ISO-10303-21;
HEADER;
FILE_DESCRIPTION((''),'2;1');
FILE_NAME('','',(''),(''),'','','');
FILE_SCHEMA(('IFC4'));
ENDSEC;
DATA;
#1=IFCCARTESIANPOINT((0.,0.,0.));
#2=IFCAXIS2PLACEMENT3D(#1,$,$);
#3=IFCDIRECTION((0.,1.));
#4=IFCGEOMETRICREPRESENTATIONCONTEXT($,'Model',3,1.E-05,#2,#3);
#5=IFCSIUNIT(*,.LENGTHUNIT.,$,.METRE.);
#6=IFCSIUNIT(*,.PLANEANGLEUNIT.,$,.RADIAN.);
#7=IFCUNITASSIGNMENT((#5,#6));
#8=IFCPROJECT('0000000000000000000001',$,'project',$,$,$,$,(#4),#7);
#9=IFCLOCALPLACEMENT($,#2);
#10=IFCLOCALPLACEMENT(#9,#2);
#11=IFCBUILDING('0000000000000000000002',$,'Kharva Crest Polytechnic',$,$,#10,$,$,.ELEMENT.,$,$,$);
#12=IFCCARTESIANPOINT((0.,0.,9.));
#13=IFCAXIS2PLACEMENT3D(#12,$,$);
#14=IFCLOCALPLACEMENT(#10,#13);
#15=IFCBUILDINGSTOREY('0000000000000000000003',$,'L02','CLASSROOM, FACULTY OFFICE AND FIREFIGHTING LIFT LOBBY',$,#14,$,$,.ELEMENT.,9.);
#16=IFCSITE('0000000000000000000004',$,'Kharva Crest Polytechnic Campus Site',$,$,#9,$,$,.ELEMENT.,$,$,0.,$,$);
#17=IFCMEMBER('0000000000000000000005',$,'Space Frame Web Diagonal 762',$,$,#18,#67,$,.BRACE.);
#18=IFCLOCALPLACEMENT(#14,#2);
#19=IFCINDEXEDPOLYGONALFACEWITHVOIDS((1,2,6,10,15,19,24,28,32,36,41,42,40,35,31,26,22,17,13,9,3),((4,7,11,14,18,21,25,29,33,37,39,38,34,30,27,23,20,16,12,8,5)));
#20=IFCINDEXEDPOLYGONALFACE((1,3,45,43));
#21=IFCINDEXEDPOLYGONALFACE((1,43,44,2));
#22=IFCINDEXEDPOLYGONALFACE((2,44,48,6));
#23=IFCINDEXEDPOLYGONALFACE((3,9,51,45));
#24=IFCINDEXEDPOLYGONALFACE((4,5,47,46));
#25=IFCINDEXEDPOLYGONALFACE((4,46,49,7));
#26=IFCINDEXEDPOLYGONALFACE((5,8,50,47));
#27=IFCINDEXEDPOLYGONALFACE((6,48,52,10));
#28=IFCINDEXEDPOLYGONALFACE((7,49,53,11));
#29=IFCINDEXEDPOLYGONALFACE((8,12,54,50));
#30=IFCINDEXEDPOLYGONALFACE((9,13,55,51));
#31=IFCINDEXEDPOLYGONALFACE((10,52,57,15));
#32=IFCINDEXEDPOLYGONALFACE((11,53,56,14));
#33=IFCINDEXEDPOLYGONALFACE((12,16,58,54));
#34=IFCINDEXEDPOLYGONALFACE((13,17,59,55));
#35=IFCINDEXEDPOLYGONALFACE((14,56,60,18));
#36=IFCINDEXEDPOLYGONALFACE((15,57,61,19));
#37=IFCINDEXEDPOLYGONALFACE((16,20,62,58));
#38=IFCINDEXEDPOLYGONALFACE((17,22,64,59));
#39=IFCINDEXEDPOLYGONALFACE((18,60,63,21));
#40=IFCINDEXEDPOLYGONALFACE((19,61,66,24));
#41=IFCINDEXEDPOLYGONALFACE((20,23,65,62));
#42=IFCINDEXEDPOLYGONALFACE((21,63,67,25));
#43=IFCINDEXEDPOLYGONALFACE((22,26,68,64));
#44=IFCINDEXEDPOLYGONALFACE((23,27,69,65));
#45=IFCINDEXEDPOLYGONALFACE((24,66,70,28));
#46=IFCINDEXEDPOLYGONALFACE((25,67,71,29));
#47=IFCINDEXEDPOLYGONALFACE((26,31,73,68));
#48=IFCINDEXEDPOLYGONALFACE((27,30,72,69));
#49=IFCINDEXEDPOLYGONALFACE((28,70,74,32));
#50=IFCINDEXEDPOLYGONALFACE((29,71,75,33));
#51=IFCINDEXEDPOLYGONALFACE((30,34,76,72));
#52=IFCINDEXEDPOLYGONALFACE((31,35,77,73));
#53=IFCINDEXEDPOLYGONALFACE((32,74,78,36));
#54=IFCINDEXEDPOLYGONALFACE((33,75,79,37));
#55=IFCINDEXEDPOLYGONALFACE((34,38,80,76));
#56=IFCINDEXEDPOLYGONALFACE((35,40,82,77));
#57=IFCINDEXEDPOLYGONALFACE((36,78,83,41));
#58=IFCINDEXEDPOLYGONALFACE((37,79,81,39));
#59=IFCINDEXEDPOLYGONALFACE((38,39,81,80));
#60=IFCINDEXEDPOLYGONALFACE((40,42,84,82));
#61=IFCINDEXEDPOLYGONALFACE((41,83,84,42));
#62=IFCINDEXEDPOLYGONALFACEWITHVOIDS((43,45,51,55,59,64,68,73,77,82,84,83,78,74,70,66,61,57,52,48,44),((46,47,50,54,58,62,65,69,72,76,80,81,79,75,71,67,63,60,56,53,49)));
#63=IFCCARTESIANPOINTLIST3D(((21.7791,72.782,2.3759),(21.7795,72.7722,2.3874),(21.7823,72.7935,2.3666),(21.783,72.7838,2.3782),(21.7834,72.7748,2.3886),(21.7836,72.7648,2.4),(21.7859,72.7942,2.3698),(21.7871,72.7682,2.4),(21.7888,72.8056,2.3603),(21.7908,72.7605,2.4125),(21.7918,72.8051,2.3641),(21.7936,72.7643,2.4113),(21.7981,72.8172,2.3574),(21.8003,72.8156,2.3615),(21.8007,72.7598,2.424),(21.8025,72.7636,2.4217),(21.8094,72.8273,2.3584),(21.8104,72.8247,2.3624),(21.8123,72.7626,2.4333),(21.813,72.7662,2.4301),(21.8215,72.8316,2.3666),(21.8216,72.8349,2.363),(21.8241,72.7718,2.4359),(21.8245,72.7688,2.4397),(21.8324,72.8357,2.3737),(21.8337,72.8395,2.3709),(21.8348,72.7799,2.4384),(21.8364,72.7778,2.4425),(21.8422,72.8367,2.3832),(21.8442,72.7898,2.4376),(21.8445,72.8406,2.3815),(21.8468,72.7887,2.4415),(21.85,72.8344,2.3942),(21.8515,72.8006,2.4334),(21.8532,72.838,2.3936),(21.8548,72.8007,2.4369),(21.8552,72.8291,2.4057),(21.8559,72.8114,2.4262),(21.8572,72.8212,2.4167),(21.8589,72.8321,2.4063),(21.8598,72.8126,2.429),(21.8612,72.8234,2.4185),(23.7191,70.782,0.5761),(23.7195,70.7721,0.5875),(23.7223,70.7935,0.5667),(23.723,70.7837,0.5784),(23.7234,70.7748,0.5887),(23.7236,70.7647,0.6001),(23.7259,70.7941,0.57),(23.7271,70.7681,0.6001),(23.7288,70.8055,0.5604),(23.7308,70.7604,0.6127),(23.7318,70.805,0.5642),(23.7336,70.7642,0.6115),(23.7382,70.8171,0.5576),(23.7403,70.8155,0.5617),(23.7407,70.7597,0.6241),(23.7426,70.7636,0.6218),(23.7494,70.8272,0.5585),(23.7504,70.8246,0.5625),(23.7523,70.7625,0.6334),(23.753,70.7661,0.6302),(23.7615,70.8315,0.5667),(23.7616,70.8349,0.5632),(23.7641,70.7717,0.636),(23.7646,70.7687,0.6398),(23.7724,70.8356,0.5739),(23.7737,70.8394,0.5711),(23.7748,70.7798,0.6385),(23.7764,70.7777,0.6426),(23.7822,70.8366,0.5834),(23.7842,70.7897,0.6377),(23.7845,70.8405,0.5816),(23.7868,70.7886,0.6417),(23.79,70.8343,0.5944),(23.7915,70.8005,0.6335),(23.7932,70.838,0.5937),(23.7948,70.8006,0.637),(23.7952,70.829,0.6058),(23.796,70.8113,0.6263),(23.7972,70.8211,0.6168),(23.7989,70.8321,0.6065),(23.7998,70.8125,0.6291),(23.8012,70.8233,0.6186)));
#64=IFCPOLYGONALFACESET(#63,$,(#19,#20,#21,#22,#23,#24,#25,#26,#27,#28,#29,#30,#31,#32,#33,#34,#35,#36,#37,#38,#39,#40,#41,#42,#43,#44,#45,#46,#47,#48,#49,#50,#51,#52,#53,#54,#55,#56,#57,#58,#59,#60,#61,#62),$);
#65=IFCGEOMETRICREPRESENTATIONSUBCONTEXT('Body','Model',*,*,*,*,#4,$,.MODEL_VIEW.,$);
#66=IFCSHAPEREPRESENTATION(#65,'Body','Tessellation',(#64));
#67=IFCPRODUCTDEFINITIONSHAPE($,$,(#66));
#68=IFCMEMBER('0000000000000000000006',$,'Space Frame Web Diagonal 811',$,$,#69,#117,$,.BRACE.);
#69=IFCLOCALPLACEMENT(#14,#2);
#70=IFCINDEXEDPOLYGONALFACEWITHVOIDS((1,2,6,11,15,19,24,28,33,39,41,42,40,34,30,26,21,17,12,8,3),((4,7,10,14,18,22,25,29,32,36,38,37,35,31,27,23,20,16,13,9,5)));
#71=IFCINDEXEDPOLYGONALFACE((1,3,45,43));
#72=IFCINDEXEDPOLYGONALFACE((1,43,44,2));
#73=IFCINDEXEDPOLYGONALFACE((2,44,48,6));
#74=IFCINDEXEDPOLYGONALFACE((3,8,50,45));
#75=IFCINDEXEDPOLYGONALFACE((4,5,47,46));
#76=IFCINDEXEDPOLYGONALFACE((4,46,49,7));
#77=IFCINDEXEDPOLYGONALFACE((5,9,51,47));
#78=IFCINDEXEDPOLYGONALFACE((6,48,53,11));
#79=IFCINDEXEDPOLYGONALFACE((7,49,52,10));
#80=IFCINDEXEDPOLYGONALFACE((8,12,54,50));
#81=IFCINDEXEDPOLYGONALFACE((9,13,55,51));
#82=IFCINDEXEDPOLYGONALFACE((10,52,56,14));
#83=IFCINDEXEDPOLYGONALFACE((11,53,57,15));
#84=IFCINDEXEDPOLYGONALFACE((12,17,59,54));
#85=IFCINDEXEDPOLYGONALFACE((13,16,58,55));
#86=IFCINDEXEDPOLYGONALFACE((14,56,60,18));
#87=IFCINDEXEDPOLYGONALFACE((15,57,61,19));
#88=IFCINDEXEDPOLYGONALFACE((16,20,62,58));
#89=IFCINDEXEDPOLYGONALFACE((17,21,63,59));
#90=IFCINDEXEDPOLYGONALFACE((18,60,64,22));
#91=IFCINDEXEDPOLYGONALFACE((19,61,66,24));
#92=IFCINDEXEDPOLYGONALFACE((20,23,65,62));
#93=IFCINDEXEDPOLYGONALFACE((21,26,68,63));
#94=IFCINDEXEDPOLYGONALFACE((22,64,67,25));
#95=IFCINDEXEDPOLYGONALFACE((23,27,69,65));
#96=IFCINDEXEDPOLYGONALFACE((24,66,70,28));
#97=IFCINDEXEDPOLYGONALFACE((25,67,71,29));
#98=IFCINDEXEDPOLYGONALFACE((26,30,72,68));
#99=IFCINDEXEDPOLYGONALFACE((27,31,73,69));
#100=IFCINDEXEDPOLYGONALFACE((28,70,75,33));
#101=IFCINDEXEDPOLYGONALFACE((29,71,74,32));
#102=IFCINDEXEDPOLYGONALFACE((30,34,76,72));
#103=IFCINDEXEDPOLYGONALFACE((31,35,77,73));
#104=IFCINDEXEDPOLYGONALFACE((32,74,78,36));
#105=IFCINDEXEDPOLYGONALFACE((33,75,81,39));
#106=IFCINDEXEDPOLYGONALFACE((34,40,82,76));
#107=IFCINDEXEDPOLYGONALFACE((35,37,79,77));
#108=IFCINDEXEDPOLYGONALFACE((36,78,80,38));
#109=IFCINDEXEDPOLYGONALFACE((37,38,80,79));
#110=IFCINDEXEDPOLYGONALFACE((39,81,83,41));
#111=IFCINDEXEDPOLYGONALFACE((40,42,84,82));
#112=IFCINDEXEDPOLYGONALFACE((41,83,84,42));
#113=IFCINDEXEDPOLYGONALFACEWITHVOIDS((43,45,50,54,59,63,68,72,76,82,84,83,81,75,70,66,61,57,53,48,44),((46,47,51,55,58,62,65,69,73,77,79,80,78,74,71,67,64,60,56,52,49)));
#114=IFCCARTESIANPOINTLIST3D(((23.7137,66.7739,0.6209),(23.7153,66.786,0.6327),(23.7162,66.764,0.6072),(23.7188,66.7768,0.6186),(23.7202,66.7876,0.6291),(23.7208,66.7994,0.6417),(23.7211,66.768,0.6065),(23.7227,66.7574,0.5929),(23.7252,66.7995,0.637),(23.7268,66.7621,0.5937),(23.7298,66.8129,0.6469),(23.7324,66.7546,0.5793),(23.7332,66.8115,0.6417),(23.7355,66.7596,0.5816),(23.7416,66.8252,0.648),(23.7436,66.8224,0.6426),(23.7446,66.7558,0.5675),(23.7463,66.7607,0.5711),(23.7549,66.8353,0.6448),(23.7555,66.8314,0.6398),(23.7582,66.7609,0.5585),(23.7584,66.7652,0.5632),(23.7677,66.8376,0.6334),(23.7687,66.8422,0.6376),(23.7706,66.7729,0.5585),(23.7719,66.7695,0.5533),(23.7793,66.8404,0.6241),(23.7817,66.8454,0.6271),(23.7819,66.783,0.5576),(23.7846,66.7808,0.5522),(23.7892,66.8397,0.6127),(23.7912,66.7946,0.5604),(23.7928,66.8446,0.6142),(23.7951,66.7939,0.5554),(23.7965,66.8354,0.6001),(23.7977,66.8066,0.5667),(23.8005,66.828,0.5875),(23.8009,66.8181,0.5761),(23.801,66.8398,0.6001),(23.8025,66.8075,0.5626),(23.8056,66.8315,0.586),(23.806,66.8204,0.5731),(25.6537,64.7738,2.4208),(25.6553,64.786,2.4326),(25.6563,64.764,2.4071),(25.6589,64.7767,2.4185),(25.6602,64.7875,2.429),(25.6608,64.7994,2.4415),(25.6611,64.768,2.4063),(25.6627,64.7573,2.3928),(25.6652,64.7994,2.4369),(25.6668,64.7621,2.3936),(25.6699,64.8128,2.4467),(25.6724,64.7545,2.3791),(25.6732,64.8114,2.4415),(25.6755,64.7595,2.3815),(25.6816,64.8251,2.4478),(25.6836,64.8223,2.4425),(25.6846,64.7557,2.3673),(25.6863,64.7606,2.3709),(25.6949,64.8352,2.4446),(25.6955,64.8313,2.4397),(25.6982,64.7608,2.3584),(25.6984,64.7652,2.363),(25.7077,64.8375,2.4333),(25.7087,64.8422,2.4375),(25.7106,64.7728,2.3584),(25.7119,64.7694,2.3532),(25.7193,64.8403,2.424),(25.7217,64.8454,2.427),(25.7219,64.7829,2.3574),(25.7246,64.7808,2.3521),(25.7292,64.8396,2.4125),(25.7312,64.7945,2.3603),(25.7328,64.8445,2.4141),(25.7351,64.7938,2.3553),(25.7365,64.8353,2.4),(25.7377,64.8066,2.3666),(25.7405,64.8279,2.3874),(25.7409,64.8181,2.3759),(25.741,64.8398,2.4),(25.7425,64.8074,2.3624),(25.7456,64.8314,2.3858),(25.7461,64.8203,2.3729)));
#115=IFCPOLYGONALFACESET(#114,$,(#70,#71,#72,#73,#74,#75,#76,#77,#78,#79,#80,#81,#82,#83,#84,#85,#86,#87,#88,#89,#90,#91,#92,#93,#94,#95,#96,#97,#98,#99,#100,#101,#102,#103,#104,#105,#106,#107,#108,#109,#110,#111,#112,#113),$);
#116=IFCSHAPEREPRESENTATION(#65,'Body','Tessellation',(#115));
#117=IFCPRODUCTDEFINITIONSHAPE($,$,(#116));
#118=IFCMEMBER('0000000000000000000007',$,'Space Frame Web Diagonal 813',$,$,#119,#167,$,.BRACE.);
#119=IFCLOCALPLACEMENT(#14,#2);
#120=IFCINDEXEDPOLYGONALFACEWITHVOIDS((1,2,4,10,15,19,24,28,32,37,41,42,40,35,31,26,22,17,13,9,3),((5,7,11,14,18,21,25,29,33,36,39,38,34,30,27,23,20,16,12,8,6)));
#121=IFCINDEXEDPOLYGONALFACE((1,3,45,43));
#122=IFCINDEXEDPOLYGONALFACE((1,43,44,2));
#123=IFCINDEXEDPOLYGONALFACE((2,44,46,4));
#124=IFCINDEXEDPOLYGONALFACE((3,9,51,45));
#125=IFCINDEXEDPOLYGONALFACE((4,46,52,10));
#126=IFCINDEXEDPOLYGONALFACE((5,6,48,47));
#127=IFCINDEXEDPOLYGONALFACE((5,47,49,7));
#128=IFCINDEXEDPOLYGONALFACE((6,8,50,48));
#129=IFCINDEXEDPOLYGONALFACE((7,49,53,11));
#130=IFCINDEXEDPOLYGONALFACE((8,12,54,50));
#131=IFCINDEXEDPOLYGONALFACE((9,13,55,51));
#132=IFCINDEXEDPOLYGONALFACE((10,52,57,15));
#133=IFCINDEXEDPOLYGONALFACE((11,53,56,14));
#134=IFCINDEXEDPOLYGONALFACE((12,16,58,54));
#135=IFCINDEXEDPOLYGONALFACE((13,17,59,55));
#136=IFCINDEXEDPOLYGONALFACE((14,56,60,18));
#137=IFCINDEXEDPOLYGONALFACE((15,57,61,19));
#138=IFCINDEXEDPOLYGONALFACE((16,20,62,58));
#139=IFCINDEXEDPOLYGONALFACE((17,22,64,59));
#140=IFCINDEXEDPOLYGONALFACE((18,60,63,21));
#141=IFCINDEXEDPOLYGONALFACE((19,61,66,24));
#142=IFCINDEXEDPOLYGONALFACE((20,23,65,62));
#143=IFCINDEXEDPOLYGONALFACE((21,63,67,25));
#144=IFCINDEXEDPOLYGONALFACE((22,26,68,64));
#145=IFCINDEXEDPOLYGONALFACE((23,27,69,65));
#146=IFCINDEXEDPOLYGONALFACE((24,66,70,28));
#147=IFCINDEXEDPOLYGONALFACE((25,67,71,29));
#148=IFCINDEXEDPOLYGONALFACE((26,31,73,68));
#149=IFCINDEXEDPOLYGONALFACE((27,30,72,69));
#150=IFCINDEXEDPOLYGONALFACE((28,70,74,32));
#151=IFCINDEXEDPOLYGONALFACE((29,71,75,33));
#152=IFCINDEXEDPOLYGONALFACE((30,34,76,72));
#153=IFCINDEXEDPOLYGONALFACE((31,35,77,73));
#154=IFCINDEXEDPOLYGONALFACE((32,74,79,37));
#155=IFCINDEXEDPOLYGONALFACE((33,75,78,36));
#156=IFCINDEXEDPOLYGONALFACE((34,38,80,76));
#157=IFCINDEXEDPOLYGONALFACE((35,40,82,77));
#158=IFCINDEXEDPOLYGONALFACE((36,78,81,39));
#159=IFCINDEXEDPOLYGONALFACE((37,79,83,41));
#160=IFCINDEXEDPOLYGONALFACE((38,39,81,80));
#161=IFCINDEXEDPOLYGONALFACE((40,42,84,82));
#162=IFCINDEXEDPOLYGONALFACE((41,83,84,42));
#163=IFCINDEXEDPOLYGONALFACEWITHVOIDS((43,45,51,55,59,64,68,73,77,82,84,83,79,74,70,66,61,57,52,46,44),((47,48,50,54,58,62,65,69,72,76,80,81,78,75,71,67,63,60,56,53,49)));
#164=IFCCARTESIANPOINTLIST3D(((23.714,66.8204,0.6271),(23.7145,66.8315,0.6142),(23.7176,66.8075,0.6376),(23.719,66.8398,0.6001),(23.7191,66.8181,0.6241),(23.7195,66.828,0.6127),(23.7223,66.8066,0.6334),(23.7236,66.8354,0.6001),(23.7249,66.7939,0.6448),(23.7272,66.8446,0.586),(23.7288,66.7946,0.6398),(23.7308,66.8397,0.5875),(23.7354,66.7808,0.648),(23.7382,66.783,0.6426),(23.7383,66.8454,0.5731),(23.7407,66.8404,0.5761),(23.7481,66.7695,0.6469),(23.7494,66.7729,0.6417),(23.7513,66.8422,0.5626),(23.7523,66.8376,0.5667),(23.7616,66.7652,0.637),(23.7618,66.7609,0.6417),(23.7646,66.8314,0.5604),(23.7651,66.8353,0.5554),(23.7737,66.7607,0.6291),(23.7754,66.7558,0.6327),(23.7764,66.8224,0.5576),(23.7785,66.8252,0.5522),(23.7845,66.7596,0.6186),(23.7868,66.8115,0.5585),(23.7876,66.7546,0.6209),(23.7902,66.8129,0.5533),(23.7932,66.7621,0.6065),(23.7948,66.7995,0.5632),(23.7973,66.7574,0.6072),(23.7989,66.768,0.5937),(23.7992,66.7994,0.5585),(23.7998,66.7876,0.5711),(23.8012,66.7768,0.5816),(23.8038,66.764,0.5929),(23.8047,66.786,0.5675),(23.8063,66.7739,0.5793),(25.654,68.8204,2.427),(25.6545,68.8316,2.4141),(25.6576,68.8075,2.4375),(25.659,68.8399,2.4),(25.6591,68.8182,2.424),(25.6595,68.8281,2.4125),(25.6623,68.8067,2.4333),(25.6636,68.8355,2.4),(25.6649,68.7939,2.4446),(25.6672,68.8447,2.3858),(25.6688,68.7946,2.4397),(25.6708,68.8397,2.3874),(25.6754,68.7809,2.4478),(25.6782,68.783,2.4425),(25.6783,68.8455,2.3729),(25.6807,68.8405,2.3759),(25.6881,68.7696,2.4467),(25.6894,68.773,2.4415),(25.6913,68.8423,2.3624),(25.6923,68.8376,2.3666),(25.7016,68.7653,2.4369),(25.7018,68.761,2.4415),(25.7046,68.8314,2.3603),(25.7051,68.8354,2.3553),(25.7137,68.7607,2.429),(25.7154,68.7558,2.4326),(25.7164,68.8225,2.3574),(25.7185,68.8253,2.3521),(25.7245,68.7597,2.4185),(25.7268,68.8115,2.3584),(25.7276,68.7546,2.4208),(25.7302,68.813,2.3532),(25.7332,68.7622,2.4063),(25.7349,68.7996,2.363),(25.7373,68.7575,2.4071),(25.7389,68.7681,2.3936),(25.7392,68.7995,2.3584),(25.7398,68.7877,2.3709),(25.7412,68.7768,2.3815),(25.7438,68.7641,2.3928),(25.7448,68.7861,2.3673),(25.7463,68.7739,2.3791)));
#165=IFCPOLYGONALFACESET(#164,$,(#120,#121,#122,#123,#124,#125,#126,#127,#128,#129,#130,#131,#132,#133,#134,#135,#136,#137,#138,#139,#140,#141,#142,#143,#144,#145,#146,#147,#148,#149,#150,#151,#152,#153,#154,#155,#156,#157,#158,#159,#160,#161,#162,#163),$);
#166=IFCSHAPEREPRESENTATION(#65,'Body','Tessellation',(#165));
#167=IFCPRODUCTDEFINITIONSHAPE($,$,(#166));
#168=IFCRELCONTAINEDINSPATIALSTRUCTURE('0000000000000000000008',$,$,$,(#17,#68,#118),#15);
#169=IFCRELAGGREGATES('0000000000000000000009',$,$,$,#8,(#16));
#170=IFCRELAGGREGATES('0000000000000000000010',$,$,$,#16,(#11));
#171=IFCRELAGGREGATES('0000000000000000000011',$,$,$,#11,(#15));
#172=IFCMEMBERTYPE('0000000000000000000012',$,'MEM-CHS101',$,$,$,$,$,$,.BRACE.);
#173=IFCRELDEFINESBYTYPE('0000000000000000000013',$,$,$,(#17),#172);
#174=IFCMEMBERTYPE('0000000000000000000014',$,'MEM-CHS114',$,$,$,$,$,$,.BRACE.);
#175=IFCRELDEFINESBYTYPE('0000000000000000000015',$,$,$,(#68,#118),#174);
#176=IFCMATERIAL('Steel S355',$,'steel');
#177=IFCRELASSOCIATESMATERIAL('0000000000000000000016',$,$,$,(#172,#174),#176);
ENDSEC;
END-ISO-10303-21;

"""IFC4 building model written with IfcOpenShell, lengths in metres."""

from ifc_helpers import new_model, si_unit, direction, frame, origin, origin_2d, place, context, subcontext, project, spatial, hollow_circle, extrude, material, material_profile, profile_set, type_object, element, save


model = new_model("IFC4")

# Units and contexts
model_context = context("Model", 3, precision=1e-05, world=origin(), true_north=direction((0.0, 1.0)))
body_context = subcontext(model_context, "Body", "Model", "MODEL_VIEW")
ifc_project = project(units=[si_unit("LENGTHUNIT", "METRE"), si_unit("PLANEANGLEUNIT", "RADIAN")], contexts=[model_context])

# Site, building, storey
site_placement = place(None, origin())
site = spatial("IfcSite", under=ifc_project, at=site_placement, Name="Kharva Crest Polytechnic Campus Site", CompositionType="ELEMENT", RefElevation=0.0)
building_placement = place(site_placement, origin())
building = spatial("IfcBuilding", under=site, at=building_placement, Name="Kharva Crest Polytechnic", CompositionType="ELEMENT")
storey_placement = place(building_placement, frame((0.0, 0.0, 9.0)))
storey = spatial("IfcBuildingStorey", under=building, at=storey_placement, Name="L02", Description="CLASSROOM, FACULTY OFFICE AND FIREFIGHTING LIFT LOBBY", CompositionType="ELEMENT", Elevation=9.0)

# Shared definitions
ifc_material_1 = material(Name="Steel S355", Category="steel")

# Members
ifc_material_profile_1 = material_profile(ifc_material_1, hollow_circle(Radius=0.0508, WallThickness=0.0049, at=origin_2d()), Name="CHS 101.6X5.0")
ifc_profile_set_1 = profile_set([ifc_material_profile_1], Name="Steel S355")
member_type_1 = type_object("IfcMemberType", Name="MEM-CHS101", PredefinedType="BRACE", material=ifc_profile_set_1)
for number, where, z_axis, x_axis, name in (
    (1, (23.76, 70.8, 0.6001), (-0.584843, 0.60295, 0.542596), (-0.717802, -0.696247, 0.0), "Space Frame Web Diagonal 762"),
):
    element("IfcMember", number, at=place(storey_placement, frame(where, z_axis=z_axis, x_axis=x_axis)), inside=storey, type_object=member_type_1, Name=name, PredefinedType="BRACE", context=body_context, shape_type="SweptSolid", body=[
        extrude(hollow_circle(Radius=0.0508, WallThickness=0.0049, at=origin_2d()), origin(), (0.0, 0.0, 1.0), 3.3171),
    ])
ifc_material_profile_2 = material_profile(ifc_material_1, hollow_circle(Radius=0.0571, WallThickness=0.0063, at=origin_2d()), Name="CHS 114.3X6.3")
ifc_profile_set_2 = profile_set([ifc_material_profile_2], Name="Steel S355")
member_type_2 = type_object("IfcMemberType", Name="MEM-CHS114", PredefinedType="BRACE", material=ifc_profile_set_2)
for number, where, z_axis, x_axis, name in (
    (2, (23.76, 66.8, 0.6001), (0.584843, -0.60295, 0.542596), (0.717802, 0.696247, 0.0), "Space Frame Web Diagonal 811"),
    (3, (23.76, 66.8, 0.6001), (0.584843, 0.60295, 0.542596), (-0.717802, 0.696247, 0.0), "Space Frame Web Diagonal 813"),
):
    element("IfcMember", number, at=place(storey_placement, frame(where, z_axis=z_axis, x_axis=x_axis)), inside=storey, type_object=member_type_2, Name=name, PredefinedType="BRACE", context=body_context, shape_type="SweptSolid", body=[
        extrude(hollow_circle(Radius=0.0571, WallThickness=0.0063, at=origin_2d()), origin(), (0.0, 0.0, 1.0), 3.3171),
    ])

save(model, "model.ifc")
